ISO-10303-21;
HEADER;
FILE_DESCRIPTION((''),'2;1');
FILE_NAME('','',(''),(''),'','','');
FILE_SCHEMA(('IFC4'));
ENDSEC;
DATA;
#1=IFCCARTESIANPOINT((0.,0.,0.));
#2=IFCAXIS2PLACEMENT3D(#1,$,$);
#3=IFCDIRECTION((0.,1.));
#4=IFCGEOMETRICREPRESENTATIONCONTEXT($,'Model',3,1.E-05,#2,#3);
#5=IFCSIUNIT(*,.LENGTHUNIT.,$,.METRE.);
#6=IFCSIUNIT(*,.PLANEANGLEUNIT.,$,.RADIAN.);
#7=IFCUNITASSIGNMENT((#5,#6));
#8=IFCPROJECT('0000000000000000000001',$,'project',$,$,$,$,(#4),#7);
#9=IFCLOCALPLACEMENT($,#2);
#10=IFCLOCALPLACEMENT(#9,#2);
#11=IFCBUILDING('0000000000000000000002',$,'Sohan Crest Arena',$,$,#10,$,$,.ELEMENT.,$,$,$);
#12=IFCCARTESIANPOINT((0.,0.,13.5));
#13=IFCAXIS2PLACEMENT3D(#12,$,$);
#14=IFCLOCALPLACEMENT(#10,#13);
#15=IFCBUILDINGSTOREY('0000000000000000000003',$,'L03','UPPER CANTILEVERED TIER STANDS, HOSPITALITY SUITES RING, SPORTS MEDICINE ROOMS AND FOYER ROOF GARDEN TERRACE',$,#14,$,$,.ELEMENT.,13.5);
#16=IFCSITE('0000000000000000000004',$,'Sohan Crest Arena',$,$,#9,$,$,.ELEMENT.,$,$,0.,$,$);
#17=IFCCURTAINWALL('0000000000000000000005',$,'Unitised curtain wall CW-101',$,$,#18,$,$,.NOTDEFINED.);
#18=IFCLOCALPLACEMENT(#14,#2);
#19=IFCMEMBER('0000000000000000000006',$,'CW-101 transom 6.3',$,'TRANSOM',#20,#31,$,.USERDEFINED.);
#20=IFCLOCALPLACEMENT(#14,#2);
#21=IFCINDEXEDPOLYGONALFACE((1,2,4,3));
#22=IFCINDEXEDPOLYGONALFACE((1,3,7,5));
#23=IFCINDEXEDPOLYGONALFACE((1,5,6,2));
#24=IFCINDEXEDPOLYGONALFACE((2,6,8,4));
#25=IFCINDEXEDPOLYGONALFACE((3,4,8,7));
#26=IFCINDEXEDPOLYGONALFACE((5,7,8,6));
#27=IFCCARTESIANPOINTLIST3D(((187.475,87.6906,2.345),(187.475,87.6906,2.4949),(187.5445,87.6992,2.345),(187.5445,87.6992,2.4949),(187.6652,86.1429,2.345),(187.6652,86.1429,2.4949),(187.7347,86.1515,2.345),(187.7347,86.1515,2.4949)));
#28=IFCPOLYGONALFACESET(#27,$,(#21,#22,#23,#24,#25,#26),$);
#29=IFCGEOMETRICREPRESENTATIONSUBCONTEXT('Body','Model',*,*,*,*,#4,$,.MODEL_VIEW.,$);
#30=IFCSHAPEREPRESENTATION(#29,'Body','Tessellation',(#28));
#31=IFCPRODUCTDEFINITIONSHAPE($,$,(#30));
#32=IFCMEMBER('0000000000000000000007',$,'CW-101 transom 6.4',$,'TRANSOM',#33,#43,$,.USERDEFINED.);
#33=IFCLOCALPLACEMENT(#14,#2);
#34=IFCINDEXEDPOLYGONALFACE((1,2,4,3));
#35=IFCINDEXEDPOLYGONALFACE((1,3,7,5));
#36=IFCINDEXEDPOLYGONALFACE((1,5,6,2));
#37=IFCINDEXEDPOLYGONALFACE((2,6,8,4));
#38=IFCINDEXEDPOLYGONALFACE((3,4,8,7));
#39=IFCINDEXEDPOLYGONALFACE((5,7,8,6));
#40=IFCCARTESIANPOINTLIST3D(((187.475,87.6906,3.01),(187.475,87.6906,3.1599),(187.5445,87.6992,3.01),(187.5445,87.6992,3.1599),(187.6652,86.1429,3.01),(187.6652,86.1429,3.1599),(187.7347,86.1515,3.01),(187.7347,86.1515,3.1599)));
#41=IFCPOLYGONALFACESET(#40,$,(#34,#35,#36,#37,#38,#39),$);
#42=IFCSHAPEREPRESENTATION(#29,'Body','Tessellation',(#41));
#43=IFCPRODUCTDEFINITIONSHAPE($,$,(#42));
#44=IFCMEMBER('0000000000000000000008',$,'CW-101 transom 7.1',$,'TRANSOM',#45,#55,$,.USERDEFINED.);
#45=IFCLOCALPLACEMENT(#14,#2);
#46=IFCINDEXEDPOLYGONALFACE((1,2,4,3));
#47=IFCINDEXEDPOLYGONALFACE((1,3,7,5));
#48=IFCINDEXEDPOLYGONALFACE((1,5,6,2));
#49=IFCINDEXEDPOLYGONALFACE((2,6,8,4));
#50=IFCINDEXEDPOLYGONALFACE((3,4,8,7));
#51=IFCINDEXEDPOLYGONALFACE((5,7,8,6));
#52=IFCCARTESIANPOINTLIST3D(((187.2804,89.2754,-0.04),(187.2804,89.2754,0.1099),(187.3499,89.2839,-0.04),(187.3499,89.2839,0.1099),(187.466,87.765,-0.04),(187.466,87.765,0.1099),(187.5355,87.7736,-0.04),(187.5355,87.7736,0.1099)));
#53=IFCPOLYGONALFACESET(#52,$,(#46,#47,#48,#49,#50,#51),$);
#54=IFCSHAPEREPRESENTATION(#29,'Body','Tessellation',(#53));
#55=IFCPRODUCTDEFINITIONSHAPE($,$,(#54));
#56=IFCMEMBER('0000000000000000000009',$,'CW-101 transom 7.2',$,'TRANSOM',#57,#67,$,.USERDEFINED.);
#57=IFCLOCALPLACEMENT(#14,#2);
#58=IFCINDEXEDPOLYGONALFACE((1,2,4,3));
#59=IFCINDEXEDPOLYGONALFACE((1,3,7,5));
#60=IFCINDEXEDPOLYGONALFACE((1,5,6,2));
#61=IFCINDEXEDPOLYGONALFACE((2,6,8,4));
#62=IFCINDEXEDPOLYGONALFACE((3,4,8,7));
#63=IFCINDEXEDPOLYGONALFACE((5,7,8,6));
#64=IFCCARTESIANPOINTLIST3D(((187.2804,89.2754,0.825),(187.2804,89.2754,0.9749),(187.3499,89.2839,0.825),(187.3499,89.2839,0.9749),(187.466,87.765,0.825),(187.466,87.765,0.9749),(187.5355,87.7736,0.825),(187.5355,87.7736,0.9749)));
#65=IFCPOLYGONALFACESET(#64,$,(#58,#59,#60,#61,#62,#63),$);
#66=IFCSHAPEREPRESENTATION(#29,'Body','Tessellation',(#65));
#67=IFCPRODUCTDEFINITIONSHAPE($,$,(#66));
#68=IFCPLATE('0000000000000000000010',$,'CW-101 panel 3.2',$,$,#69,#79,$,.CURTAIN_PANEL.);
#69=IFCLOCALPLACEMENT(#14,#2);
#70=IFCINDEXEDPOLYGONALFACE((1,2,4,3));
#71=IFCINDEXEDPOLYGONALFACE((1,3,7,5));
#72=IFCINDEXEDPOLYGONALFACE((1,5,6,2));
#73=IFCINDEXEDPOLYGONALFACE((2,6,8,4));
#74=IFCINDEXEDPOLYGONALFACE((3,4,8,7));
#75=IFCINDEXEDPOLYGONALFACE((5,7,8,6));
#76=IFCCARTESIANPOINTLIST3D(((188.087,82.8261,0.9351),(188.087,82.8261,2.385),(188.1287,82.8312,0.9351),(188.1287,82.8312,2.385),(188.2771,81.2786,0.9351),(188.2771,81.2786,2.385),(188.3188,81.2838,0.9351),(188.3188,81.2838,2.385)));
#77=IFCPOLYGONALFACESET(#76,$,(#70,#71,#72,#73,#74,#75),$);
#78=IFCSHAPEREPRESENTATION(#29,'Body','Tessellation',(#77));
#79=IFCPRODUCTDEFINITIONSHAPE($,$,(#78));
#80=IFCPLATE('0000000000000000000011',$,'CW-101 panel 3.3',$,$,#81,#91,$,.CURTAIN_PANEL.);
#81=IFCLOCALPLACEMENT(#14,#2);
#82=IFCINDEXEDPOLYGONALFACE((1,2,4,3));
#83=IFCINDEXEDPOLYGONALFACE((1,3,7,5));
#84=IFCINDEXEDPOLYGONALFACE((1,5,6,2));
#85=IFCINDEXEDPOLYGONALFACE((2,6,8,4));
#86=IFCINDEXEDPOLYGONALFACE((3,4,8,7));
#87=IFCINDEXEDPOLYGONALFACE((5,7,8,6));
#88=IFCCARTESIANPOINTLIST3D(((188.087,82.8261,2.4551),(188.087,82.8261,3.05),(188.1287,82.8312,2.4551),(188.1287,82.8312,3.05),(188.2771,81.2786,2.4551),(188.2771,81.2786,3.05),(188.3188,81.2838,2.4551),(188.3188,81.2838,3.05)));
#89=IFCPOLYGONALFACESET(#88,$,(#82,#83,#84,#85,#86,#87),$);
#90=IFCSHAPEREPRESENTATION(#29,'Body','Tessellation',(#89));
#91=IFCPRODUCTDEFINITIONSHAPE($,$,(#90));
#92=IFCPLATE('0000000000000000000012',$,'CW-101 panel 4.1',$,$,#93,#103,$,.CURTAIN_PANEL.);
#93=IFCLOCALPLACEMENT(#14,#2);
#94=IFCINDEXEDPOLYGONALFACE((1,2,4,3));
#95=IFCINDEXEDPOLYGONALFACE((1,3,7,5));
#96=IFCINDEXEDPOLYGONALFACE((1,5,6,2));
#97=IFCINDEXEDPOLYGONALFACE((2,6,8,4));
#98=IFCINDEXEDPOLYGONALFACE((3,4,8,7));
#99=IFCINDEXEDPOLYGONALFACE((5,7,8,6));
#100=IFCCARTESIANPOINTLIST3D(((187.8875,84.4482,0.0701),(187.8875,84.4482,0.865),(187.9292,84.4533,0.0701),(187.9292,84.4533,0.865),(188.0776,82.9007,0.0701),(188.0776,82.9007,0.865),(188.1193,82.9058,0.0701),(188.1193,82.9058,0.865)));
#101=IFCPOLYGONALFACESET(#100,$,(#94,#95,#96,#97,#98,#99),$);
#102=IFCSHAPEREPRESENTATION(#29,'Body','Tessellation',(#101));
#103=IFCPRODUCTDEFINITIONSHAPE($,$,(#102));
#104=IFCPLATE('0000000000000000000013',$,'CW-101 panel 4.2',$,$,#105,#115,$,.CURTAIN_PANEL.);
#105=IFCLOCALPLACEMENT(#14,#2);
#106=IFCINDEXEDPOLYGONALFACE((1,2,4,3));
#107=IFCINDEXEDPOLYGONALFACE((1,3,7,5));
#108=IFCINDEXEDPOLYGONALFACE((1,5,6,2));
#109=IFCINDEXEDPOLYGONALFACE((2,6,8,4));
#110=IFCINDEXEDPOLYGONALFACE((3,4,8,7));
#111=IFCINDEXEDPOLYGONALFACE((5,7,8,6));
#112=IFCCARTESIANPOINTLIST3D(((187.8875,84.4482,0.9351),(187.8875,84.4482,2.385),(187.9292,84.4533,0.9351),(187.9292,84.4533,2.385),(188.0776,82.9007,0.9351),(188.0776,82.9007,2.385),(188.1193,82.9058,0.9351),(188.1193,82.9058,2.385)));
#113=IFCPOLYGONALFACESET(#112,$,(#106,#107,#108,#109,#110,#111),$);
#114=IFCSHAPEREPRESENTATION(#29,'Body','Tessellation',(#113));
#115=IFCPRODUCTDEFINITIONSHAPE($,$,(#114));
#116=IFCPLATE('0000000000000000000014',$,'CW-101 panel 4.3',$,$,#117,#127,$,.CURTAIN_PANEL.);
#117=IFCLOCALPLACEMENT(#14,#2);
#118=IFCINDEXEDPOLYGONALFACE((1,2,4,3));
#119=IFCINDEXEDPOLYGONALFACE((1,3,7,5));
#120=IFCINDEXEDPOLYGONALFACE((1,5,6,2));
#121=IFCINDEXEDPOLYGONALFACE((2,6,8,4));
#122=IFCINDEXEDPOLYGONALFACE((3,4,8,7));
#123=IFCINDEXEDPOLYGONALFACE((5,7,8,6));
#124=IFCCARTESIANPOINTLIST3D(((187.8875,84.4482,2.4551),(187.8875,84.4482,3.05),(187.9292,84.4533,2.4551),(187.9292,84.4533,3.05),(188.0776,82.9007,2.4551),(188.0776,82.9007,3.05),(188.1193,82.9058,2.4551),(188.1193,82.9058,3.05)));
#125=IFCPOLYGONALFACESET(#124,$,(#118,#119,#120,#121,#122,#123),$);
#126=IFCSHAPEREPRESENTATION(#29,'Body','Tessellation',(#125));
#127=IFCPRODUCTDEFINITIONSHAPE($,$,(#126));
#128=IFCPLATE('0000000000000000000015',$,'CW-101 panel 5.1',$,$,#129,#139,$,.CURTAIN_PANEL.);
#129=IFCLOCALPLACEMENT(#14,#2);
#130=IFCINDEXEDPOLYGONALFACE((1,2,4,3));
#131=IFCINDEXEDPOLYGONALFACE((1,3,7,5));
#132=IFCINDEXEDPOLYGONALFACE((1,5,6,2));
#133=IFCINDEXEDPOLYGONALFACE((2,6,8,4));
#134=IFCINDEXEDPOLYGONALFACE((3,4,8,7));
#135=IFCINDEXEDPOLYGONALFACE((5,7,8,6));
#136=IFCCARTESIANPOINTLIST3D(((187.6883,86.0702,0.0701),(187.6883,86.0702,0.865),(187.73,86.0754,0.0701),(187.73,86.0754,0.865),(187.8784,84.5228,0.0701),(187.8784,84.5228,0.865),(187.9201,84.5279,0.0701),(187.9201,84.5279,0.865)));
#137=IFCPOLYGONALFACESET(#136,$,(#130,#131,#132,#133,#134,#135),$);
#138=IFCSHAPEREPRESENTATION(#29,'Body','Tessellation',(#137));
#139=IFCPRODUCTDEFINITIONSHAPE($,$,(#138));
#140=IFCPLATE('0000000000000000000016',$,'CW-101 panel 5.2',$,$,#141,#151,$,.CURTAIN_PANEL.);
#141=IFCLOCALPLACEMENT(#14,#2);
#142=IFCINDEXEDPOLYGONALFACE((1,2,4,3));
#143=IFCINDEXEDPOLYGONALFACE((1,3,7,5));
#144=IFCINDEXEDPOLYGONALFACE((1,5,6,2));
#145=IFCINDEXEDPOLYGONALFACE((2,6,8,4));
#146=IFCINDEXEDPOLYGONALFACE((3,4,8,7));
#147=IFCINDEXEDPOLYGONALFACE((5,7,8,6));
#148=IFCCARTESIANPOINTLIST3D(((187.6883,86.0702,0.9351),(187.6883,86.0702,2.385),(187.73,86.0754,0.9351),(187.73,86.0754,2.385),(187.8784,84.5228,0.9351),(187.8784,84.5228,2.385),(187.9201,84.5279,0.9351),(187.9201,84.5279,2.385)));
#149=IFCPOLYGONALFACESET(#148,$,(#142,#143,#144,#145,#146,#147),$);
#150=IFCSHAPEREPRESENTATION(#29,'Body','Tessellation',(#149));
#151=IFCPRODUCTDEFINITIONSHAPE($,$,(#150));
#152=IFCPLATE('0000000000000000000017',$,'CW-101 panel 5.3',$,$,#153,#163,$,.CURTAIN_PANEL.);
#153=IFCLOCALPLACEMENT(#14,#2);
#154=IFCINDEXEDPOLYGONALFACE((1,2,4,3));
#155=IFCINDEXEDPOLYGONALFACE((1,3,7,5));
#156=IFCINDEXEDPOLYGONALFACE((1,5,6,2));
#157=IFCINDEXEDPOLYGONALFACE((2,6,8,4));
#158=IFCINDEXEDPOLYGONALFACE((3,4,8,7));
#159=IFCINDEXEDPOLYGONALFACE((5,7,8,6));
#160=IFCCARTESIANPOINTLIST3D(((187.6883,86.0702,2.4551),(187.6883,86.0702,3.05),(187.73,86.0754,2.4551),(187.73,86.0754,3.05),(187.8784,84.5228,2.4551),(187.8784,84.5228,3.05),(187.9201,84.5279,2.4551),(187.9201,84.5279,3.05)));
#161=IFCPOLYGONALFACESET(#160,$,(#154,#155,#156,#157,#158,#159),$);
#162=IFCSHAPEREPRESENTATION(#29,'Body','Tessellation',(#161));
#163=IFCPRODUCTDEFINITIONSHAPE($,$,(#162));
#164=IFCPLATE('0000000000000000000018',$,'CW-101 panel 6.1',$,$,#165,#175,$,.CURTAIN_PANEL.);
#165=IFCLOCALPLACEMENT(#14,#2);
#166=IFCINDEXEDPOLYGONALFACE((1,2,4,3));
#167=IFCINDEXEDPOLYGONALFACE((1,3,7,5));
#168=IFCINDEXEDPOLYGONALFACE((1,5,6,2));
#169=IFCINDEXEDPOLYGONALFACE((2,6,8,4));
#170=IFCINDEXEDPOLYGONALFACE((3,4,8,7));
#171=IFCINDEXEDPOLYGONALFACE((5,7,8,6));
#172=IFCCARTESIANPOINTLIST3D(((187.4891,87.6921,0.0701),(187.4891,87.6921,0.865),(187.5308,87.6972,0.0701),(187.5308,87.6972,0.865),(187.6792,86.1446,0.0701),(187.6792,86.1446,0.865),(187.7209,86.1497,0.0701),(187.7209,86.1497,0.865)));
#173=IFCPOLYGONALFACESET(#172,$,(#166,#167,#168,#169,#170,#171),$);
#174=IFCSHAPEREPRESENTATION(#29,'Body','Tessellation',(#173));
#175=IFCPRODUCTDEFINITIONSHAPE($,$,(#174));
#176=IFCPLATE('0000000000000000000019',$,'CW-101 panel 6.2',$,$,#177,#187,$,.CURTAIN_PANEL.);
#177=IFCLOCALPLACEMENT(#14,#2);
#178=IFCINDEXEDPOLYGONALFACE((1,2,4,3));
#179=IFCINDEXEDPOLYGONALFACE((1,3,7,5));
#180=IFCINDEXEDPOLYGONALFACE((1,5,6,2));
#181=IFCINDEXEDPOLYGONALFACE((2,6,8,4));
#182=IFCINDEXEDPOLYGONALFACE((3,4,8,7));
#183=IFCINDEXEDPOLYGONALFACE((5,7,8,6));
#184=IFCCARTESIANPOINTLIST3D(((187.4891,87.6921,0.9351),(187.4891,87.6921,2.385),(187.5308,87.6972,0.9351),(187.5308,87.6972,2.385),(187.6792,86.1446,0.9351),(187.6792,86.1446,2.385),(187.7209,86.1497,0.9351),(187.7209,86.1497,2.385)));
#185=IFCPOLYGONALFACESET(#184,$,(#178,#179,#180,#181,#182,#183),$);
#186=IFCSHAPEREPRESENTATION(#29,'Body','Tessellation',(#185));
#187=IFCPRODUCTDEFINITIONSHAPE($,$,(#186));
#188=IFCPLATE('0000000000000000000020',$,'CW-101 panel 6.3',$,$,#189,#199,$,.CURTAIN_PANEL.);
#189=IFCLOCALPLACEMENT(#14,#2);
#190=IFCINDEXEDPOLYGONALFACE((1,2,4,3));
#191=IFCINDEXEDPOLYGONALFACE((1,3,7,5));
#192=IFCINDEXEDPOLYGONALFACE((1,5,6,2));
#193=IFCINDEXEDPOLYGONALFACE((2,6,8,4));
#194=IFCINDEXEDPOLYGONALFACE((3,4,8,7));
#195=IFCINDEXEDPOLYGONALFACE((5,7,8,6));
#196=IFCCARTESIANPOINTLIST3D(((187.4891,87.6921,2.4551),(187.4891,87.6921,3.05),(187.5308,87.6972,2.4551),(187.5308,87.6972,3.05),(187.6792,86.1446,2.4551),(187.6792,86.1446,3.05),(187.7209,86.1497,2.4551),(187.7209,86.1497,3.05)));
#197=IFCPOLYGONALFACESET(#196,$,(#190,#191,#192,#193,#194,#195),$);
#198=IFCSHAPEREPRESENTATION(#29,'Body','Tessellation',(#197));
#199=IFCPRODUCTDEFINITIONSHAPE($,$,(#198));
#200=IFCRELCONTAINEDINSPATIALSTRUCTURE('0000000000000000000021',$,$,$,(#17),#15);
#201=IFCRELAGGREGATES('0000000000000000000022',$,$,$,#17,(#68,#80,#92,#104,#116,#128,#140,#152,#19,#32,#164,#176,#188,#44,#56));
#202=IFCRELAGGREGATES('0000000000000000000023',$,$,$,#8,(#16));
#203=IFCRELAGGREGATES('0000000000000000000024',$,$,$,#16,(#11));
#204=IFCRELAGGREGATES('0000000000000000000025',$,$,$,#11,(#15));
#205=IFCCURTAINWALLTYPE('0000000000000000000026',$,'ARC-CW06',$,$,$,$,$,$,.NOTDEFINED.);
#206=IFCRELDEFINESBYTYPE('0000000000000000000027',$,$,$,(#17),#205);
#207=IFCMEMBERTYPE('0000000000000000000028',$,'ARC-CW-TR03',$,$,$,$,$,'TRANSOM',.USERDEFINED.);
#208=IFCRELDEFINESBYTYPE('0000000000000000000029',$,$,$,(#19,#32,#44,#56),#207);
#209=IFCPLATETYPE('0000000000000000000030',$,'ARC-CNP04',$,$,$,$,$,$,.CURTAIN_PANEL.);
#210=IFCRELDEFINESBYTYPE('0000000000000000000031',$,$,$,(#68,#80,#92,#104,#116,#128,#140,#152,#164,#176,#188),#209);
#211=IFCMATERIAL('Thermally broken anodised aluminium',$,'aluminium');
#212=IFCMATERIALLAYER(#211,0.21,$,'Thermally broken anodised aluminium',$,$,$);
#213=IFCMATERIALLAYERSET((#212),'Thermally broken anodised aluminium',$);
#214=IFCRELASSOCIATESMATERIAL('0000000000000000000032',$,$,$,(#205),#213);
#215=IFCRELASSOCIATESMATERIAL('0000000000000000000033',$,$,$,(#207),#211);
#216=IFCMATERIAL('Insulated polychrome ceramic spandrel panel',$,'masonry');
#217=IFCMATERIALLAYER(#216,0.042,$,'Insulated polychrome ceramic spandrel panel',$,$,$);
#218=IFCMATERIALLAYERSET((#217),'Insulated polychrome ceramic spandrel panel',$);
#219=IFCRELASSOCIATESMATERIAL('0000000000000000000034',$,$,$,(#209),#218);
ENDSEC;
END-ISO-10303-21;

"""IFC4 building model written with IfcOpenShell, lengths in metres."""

from ifc_helpers import new_model, si_unit, direction, frame, origin, origin_2d, place, context, subcontext, project, spatial, rectangle, extrude, material, layer, layer_set, material_profile, profile_set, type_object, element, aggregate, save


model = new_model("IFC4")

# Units and contexts
model_context = context("Model", 3, precision=1e-05, world=origin(), true_north=direction((0.0, 1.0)))
body_context = subcontext(model_context, "Body", "Model", "MODEL_VIEW")
ifc_project = project(units=[si_unit("LENGTHUNIT", "METRE"), si_unit("PLANEANGLEUNIT", "RADIAN")], contexts=[model_context])

# Site, building, storey
site_placement = place(None, origin())
site = spatial("IfcSite", under=ifc_project, at=site_placement, Name="Sohan Crest Arena", CompositionType="ELEMENT", RefElevation=0.0)
building_placement = place(site_placement, origin())
building = spatial("IfcBuilding", under=site, at=building_placement, Name="Sohan Crest Arena", CompositionType="ELEMENT")
storey_placement = place(building_placement, frame((0.0, 0.0, 13.5)))
storey = spatial("IfcBuildingStorey", under=building, at=storey_placement, Name="L03", Description="UPPER CANTILEVERED TIER STANDS, HOSPITALITY SUITES RING, SPORTS MEDICINE ROOMS AND FOYER ROOF GARDEN TERRACE", CompositionType="ELEMENT", Elevation=13.5)

# Curtain wall, members, plates
ifc_material_1 = material(Name="Thermally broken anodised aluminium", Category="aluminium")
ifc_layer_1 = layer(ifc_material_1, 0.21, Name="Thermally broken anodised aluminium")
ifc_layer_set_1 = layer_set([ifc_layer_1], Name="Thermally broken anodised aluminium")
curtain_wall_type = type_object("IfcCurtainWallType", Name="ARC-CW06", PredefinedType="NOTDEFINED", material=ifc_layer_set_1)
curtain_wall_placement = place(storey_placement, origin())
curtain_wall = element("IfcCurtainWall", 1, at=curtain_wall_placement, inside=storey, type_object=curtain_wall_type, Name="Unitised curtain wall CW-101", PredefinedType="NOTDEFINED")
ifc_material_profile_1 = material_profile(ifc_material_1, rectangle(XDim=0.0701, YDim=0.1499, at=origin_2d()), Name="ALU-TRAN 70x150")
ifc_profile_set_1 = profile_set([ifc_material_profile_1], Name="Thermally broken anodised aluminium")
member_type_1 = type_object("IfcMemberType", Name="ARC-CW-TR03", ElementType="TRANSOM", PredefinedType="USERDEFINED", material=ifc_profile_set_1)
member_1_placement = place(storey_placement, frame((187.7, 86.1472, 2.4199), z_axis=(-0.121972, 0.992533, 0.0), x_axis=(-0.992533, -0.121972, 0.0)))
member_1 = element("IfcMember", 2, at=member_1_placement, type_object=member_type_1, Name="CW-101 transom 6.3", ObjectType="TRANSOM", PredefinedType="USERDEFINED", context=body_context, shape_type="SweptSolid", body=[
    extrude(rectangle(XDim=0.0701, YDim=0.1499, at=origin_2d()), origin(), (0.0, 0.0, 1.0), 1.5593),
])
member_2_placement = place(storey_placement, frame((187.7, 86.1472, 3.085), z_axis=(-0.121972, 0.992533, 0.0), x_axis=(-0.992533, -0.121972, 0.0)))
member_2 = element("IfcMember", 3, at=member_2_placement, type_object=member_type_1, Name="CW-101 transom 6.4", ObjectType="TRANSOM", PredefinedType="USERDEFINED", context=body_context, shape_type="SweptSolid", body=[
    extrude(rectangle(XDim=0.0701, YDim=0.1499, at=origin_2d()), origin(), (0.0, 0.0, 1.0), 1.5593),
])
member_3_placement = place(storey_placement, frame((187.5007, 87.7693, 0.0349), z_axis=(-0.121941, 0.992537, 0.0), x_axis=(-0.992537, -0.121941, 0.0)))
member_3 = element("IfcMember", 4, at=member_3_placement, type_object=member_type_1, Name="CW-101 transom 7.1", ObjectType="TRANSOM", PredefinedType="USERDEFINED", context=body_context, shape_type="SweptSolid", body=[
    extrude(rectangle(XDim=0.0701, YDim=0.1499, at=origin_2d()), origin(), (0.0, 0.0, 1.0), 1.5217),
])
member_4_placement = place(storey_placement, frame((187.5007, 87.7693, 0.8999), z_axis=(-0.121941, 0.992537, 0.0), x_axis=(-0.992537, -0.121941, 0.0)))
member_4 = element("IfcMember", 5, at=member_4_placement, type_object=member_type_1, Name="CW-101 transom 7.2", ObjectType="TRANSOM", PredefinedType="USERDEFINED", context=body_context, shape_type="SweptSolid", body=[
    extrude(rectangle(XDim=0.0701, YDim=0.1499, at=origin_2d()), origin(), (0.0, 0.0, 1.0), 1.5217),
])
ifc_material_2 = material(Name="Insulated polychrome ceramic spandrel panel", Category="masonry")
ifc_layer_2 = layer(ifc_material_2, 0.042, Name="Insulated polychrome ceramic spandrel panel")
ifc_layer_set_2 = layer_set([ifc_layer_2], Name="Insulated polychrome ceramic spandrel panel")
plate_type = type_object("IfcPlateType", Name="ARC-CNP04", PredefinedType="CURTAIN_PANEL", material=ifc_layer_set_2)
plate_1_placement = place(storey_placement, frame((188.2029, 82.0549, 0.9351), z_axis=(0.0, 0.0, 1.0), x_axis=(-0.121947, 0.992537, 0.0)))
plate_1 = element("IfcPlate", 6, at=plate_1_placement, type_object=plate_type, Name="CW-101 panel 3.2", PredefinedType="CURTAIN_PANEL", context=body_context, shape_type="SweptSolid", body=[
    extrude(rectangle(XDim=1.5591, YDim=0.042, at=origin_2d()), origin(), (0.0, 0.0, 1.0), 1.45),
])
plate_2_placement = place(storey_placement, frame((188.2029, 82.0549, 2.4551), z_axis=(0.0, 0.0, 1.0), x_axis=(-0.121947, 0.992537, 0.0)))
plate_2 = element("IfcPlate", 7, at=plate_2_placement, type_object=plate_type, Name="CW-101 panel 3.3", PredefinedType="CURTAIN_PANEL", context=body_context, shape_type="SweptSolid", body=[
    extrude(rectangle(XDim=1.5591, YDim=0.042, at=origin_2d()), origin(), (0.0, 0.0, 1.0), 0.595),
])
plate_3_placement = place(storey_placement, frame((188.0034, 83.677, 0.0701), z_axis=(0.0, 0.0, 1.0), x_axis=(-0.121947, 0.992537, 0.0)))
plate_3 = element("IfcPlate", 8, at=plate_3_placement, type_object=plate_type, Name="CW-101 panel 4.1", PredefinedType="CURTAIN_PANEL", context=body_context, shape_type="SweptSolid", body=[
    extrude(rectangle(XDim=1.5591, YDim=0.042, at=origin_2d()), origin(), (0.0, 0.0, 1.0), 0.7949),
])
plate_4_placement = place(storey_placement, frame((188.0034, 83.677, 0.9351), z_axis=(0.0, 0.0, 1.0), x_axis=(-0.121947, 0.992537, 0.0)))
plate_4 = element("IfcPlate", 9, at=plate_4_placement, type_object=plate_type, Name="CW-101 panel 4.2", PredefinedType="CURTAIN_PANEL", context=body_context, shape_type="SweptSolid", body=[
    extrude(rectangle(XDim=1.5591, YDim=0.042, at=origin_2d()), origin(), (0.0, 0.0, 1.0), 1.45),
])
plate_5_placement = place(storey_placement, frame((188.0034, 83.677, 2.4551), z_axis=(0.0, 0.0, 1.0), x_axis=(-0.121947, 0.992537, 0.0)))
plate_5 = element("IfcPlate", 10, at=plate_5_placement, type_object=plate_type, Name="CW-101 panel 4.3", PredefinedType="CURTAIN_PANEL", context=body_context, shape_type="SweptSolid", body=[
    extrude(rectangle(XDim=1.5591, YDim=0.042, at=origin_2d()), origin(), (0.0, 0.0, 1.0), 0.595),
])
plate_6_placement = place(storey_placement, frame((187.8042, 85.2991, 0.0701), z_axis=(0.0, 0.0, 1.0), x_axis=(-0.121947, 0.992537, 0.0)))
plate_6 = element("IfcPlate", 11, at=plate_6_placement, type_object=plate_type, Name="CW-101 panel 5.1", PredefinedType="CURTAIN_PANEL", context=body_context, shape_type="SweptSolid", body=[
    extrude(rectangle(XDim=1.5591, YDim=0.042, at=origin_2d()), origin(), (0.0, 0.0, 1.0), 0.7949),
])
plate_7_placement = place(storey_placement, frame((187.8042, 85.2991, 0.9351), z_axis=(0.0, 0.0, 1.0), x_axis=(-0.121947, 0.992537, 0.0)))
plate_7 = element("IfcPlate", 12, at=plate_7_placement, type_object=plate_type, Name="CW-101 panel 5.2", PredefinedType="CURTAIN_PANEL", context=body_context, shape_type="SweptSolid", body=[
    extrude(rectangle(XDim=1.5591, YDim=0.042, at=origin_2d()), origin(), (0.0, 0.0, 1.0), 1.45),
])
plate_8_placement = place(storey_placement, frame((187.8042, 85.2991, 2.4551), z_axis=(0.0, 0.0, 1.0), x_axis=(-0.121947, 0.992537, 0.0)))
plate_8 = element("IfcPlate", 13, at=plate_8_placement, type_object=plate_type, Name="CW-101 panel 5.3", PredefinedType="CURTAIN_PANEL", context=body_context, shape_type="SweptSolid", body=[
    extrude(rectangle(XDim=1.5591, YDim=0.042, at=origin_2d()), origin(), (0.0, 0.0, 1.0), 0.595),
])
plate_9_placement = place(storey_placement, frame((187.605, 86.9209, 0.0701), z_axis=(0.0, 0.0, 1.0), x_axis=(-0.121947, 0.992537, 0.0)))
plate_9 = element("IfcPlate", 14, at=plate_9_placement, type_object=plate_type, Name="CW-101 panel 6.1", PredefinedType="CURTAIN_PANEL", context=body_context, shape_type="SweptSolid", body=[
    extrude(rectangle(XDim=1.5591, YDim=0.042, at=origin_2d()), origin(), (0.0, 0.0, 1.0), 0.7949),
])
plate_10_placement = place(storey_placement, frame((187.605, 86.9209, 0.9351), z_axis=(0.0, 0.0, 1.0), x_axis=(-0.121947, 0.992537, 0.0)))
plate_10 = element("IfcPlate", 15, at=plate_10_placement, type_object=plate_type, Name="CW-101 panel 6.2", PredefinedType="CURTAIN_PANEL", context=body_context, shape_type="SweptSolid", body=[
    extrude(rectangle(XDim=1.5591, YDim=0.042, at=origin_2d()), origin(), (0.0, 0.0, 1.0), 1.45),
])
plate_11_placement = place(storey_placement, frame((187.605, 86.9209, 2.4551), z_axis=(0.0, 0.0, 1.0), x_axis=(-0.121947, 0.992537, 0.0)))
plate_11 = element("IfcPlate", 16, at=plate_11_placement, type_object=plate_type, Name="CW-101 panel 6.3", PredefinedType="CURTAIN_PANEL", context=body_context, shape_type="SweptSolid", body=[
    extrude(rectangle(XDim=1.5591, YDim=0.042, at=origin_2d()), origin(), (0.0, 0.0, 1.0), 0.595),
])
aggregate(curtain_wall, [plate_1, plate_2, plate_3, plate_4, plate_5, plate_6, plate_7, plate_8, member_1, member_2, plate_9, plate_10, plate_11, member_3, member_4])

save(model, "model.ifc")
